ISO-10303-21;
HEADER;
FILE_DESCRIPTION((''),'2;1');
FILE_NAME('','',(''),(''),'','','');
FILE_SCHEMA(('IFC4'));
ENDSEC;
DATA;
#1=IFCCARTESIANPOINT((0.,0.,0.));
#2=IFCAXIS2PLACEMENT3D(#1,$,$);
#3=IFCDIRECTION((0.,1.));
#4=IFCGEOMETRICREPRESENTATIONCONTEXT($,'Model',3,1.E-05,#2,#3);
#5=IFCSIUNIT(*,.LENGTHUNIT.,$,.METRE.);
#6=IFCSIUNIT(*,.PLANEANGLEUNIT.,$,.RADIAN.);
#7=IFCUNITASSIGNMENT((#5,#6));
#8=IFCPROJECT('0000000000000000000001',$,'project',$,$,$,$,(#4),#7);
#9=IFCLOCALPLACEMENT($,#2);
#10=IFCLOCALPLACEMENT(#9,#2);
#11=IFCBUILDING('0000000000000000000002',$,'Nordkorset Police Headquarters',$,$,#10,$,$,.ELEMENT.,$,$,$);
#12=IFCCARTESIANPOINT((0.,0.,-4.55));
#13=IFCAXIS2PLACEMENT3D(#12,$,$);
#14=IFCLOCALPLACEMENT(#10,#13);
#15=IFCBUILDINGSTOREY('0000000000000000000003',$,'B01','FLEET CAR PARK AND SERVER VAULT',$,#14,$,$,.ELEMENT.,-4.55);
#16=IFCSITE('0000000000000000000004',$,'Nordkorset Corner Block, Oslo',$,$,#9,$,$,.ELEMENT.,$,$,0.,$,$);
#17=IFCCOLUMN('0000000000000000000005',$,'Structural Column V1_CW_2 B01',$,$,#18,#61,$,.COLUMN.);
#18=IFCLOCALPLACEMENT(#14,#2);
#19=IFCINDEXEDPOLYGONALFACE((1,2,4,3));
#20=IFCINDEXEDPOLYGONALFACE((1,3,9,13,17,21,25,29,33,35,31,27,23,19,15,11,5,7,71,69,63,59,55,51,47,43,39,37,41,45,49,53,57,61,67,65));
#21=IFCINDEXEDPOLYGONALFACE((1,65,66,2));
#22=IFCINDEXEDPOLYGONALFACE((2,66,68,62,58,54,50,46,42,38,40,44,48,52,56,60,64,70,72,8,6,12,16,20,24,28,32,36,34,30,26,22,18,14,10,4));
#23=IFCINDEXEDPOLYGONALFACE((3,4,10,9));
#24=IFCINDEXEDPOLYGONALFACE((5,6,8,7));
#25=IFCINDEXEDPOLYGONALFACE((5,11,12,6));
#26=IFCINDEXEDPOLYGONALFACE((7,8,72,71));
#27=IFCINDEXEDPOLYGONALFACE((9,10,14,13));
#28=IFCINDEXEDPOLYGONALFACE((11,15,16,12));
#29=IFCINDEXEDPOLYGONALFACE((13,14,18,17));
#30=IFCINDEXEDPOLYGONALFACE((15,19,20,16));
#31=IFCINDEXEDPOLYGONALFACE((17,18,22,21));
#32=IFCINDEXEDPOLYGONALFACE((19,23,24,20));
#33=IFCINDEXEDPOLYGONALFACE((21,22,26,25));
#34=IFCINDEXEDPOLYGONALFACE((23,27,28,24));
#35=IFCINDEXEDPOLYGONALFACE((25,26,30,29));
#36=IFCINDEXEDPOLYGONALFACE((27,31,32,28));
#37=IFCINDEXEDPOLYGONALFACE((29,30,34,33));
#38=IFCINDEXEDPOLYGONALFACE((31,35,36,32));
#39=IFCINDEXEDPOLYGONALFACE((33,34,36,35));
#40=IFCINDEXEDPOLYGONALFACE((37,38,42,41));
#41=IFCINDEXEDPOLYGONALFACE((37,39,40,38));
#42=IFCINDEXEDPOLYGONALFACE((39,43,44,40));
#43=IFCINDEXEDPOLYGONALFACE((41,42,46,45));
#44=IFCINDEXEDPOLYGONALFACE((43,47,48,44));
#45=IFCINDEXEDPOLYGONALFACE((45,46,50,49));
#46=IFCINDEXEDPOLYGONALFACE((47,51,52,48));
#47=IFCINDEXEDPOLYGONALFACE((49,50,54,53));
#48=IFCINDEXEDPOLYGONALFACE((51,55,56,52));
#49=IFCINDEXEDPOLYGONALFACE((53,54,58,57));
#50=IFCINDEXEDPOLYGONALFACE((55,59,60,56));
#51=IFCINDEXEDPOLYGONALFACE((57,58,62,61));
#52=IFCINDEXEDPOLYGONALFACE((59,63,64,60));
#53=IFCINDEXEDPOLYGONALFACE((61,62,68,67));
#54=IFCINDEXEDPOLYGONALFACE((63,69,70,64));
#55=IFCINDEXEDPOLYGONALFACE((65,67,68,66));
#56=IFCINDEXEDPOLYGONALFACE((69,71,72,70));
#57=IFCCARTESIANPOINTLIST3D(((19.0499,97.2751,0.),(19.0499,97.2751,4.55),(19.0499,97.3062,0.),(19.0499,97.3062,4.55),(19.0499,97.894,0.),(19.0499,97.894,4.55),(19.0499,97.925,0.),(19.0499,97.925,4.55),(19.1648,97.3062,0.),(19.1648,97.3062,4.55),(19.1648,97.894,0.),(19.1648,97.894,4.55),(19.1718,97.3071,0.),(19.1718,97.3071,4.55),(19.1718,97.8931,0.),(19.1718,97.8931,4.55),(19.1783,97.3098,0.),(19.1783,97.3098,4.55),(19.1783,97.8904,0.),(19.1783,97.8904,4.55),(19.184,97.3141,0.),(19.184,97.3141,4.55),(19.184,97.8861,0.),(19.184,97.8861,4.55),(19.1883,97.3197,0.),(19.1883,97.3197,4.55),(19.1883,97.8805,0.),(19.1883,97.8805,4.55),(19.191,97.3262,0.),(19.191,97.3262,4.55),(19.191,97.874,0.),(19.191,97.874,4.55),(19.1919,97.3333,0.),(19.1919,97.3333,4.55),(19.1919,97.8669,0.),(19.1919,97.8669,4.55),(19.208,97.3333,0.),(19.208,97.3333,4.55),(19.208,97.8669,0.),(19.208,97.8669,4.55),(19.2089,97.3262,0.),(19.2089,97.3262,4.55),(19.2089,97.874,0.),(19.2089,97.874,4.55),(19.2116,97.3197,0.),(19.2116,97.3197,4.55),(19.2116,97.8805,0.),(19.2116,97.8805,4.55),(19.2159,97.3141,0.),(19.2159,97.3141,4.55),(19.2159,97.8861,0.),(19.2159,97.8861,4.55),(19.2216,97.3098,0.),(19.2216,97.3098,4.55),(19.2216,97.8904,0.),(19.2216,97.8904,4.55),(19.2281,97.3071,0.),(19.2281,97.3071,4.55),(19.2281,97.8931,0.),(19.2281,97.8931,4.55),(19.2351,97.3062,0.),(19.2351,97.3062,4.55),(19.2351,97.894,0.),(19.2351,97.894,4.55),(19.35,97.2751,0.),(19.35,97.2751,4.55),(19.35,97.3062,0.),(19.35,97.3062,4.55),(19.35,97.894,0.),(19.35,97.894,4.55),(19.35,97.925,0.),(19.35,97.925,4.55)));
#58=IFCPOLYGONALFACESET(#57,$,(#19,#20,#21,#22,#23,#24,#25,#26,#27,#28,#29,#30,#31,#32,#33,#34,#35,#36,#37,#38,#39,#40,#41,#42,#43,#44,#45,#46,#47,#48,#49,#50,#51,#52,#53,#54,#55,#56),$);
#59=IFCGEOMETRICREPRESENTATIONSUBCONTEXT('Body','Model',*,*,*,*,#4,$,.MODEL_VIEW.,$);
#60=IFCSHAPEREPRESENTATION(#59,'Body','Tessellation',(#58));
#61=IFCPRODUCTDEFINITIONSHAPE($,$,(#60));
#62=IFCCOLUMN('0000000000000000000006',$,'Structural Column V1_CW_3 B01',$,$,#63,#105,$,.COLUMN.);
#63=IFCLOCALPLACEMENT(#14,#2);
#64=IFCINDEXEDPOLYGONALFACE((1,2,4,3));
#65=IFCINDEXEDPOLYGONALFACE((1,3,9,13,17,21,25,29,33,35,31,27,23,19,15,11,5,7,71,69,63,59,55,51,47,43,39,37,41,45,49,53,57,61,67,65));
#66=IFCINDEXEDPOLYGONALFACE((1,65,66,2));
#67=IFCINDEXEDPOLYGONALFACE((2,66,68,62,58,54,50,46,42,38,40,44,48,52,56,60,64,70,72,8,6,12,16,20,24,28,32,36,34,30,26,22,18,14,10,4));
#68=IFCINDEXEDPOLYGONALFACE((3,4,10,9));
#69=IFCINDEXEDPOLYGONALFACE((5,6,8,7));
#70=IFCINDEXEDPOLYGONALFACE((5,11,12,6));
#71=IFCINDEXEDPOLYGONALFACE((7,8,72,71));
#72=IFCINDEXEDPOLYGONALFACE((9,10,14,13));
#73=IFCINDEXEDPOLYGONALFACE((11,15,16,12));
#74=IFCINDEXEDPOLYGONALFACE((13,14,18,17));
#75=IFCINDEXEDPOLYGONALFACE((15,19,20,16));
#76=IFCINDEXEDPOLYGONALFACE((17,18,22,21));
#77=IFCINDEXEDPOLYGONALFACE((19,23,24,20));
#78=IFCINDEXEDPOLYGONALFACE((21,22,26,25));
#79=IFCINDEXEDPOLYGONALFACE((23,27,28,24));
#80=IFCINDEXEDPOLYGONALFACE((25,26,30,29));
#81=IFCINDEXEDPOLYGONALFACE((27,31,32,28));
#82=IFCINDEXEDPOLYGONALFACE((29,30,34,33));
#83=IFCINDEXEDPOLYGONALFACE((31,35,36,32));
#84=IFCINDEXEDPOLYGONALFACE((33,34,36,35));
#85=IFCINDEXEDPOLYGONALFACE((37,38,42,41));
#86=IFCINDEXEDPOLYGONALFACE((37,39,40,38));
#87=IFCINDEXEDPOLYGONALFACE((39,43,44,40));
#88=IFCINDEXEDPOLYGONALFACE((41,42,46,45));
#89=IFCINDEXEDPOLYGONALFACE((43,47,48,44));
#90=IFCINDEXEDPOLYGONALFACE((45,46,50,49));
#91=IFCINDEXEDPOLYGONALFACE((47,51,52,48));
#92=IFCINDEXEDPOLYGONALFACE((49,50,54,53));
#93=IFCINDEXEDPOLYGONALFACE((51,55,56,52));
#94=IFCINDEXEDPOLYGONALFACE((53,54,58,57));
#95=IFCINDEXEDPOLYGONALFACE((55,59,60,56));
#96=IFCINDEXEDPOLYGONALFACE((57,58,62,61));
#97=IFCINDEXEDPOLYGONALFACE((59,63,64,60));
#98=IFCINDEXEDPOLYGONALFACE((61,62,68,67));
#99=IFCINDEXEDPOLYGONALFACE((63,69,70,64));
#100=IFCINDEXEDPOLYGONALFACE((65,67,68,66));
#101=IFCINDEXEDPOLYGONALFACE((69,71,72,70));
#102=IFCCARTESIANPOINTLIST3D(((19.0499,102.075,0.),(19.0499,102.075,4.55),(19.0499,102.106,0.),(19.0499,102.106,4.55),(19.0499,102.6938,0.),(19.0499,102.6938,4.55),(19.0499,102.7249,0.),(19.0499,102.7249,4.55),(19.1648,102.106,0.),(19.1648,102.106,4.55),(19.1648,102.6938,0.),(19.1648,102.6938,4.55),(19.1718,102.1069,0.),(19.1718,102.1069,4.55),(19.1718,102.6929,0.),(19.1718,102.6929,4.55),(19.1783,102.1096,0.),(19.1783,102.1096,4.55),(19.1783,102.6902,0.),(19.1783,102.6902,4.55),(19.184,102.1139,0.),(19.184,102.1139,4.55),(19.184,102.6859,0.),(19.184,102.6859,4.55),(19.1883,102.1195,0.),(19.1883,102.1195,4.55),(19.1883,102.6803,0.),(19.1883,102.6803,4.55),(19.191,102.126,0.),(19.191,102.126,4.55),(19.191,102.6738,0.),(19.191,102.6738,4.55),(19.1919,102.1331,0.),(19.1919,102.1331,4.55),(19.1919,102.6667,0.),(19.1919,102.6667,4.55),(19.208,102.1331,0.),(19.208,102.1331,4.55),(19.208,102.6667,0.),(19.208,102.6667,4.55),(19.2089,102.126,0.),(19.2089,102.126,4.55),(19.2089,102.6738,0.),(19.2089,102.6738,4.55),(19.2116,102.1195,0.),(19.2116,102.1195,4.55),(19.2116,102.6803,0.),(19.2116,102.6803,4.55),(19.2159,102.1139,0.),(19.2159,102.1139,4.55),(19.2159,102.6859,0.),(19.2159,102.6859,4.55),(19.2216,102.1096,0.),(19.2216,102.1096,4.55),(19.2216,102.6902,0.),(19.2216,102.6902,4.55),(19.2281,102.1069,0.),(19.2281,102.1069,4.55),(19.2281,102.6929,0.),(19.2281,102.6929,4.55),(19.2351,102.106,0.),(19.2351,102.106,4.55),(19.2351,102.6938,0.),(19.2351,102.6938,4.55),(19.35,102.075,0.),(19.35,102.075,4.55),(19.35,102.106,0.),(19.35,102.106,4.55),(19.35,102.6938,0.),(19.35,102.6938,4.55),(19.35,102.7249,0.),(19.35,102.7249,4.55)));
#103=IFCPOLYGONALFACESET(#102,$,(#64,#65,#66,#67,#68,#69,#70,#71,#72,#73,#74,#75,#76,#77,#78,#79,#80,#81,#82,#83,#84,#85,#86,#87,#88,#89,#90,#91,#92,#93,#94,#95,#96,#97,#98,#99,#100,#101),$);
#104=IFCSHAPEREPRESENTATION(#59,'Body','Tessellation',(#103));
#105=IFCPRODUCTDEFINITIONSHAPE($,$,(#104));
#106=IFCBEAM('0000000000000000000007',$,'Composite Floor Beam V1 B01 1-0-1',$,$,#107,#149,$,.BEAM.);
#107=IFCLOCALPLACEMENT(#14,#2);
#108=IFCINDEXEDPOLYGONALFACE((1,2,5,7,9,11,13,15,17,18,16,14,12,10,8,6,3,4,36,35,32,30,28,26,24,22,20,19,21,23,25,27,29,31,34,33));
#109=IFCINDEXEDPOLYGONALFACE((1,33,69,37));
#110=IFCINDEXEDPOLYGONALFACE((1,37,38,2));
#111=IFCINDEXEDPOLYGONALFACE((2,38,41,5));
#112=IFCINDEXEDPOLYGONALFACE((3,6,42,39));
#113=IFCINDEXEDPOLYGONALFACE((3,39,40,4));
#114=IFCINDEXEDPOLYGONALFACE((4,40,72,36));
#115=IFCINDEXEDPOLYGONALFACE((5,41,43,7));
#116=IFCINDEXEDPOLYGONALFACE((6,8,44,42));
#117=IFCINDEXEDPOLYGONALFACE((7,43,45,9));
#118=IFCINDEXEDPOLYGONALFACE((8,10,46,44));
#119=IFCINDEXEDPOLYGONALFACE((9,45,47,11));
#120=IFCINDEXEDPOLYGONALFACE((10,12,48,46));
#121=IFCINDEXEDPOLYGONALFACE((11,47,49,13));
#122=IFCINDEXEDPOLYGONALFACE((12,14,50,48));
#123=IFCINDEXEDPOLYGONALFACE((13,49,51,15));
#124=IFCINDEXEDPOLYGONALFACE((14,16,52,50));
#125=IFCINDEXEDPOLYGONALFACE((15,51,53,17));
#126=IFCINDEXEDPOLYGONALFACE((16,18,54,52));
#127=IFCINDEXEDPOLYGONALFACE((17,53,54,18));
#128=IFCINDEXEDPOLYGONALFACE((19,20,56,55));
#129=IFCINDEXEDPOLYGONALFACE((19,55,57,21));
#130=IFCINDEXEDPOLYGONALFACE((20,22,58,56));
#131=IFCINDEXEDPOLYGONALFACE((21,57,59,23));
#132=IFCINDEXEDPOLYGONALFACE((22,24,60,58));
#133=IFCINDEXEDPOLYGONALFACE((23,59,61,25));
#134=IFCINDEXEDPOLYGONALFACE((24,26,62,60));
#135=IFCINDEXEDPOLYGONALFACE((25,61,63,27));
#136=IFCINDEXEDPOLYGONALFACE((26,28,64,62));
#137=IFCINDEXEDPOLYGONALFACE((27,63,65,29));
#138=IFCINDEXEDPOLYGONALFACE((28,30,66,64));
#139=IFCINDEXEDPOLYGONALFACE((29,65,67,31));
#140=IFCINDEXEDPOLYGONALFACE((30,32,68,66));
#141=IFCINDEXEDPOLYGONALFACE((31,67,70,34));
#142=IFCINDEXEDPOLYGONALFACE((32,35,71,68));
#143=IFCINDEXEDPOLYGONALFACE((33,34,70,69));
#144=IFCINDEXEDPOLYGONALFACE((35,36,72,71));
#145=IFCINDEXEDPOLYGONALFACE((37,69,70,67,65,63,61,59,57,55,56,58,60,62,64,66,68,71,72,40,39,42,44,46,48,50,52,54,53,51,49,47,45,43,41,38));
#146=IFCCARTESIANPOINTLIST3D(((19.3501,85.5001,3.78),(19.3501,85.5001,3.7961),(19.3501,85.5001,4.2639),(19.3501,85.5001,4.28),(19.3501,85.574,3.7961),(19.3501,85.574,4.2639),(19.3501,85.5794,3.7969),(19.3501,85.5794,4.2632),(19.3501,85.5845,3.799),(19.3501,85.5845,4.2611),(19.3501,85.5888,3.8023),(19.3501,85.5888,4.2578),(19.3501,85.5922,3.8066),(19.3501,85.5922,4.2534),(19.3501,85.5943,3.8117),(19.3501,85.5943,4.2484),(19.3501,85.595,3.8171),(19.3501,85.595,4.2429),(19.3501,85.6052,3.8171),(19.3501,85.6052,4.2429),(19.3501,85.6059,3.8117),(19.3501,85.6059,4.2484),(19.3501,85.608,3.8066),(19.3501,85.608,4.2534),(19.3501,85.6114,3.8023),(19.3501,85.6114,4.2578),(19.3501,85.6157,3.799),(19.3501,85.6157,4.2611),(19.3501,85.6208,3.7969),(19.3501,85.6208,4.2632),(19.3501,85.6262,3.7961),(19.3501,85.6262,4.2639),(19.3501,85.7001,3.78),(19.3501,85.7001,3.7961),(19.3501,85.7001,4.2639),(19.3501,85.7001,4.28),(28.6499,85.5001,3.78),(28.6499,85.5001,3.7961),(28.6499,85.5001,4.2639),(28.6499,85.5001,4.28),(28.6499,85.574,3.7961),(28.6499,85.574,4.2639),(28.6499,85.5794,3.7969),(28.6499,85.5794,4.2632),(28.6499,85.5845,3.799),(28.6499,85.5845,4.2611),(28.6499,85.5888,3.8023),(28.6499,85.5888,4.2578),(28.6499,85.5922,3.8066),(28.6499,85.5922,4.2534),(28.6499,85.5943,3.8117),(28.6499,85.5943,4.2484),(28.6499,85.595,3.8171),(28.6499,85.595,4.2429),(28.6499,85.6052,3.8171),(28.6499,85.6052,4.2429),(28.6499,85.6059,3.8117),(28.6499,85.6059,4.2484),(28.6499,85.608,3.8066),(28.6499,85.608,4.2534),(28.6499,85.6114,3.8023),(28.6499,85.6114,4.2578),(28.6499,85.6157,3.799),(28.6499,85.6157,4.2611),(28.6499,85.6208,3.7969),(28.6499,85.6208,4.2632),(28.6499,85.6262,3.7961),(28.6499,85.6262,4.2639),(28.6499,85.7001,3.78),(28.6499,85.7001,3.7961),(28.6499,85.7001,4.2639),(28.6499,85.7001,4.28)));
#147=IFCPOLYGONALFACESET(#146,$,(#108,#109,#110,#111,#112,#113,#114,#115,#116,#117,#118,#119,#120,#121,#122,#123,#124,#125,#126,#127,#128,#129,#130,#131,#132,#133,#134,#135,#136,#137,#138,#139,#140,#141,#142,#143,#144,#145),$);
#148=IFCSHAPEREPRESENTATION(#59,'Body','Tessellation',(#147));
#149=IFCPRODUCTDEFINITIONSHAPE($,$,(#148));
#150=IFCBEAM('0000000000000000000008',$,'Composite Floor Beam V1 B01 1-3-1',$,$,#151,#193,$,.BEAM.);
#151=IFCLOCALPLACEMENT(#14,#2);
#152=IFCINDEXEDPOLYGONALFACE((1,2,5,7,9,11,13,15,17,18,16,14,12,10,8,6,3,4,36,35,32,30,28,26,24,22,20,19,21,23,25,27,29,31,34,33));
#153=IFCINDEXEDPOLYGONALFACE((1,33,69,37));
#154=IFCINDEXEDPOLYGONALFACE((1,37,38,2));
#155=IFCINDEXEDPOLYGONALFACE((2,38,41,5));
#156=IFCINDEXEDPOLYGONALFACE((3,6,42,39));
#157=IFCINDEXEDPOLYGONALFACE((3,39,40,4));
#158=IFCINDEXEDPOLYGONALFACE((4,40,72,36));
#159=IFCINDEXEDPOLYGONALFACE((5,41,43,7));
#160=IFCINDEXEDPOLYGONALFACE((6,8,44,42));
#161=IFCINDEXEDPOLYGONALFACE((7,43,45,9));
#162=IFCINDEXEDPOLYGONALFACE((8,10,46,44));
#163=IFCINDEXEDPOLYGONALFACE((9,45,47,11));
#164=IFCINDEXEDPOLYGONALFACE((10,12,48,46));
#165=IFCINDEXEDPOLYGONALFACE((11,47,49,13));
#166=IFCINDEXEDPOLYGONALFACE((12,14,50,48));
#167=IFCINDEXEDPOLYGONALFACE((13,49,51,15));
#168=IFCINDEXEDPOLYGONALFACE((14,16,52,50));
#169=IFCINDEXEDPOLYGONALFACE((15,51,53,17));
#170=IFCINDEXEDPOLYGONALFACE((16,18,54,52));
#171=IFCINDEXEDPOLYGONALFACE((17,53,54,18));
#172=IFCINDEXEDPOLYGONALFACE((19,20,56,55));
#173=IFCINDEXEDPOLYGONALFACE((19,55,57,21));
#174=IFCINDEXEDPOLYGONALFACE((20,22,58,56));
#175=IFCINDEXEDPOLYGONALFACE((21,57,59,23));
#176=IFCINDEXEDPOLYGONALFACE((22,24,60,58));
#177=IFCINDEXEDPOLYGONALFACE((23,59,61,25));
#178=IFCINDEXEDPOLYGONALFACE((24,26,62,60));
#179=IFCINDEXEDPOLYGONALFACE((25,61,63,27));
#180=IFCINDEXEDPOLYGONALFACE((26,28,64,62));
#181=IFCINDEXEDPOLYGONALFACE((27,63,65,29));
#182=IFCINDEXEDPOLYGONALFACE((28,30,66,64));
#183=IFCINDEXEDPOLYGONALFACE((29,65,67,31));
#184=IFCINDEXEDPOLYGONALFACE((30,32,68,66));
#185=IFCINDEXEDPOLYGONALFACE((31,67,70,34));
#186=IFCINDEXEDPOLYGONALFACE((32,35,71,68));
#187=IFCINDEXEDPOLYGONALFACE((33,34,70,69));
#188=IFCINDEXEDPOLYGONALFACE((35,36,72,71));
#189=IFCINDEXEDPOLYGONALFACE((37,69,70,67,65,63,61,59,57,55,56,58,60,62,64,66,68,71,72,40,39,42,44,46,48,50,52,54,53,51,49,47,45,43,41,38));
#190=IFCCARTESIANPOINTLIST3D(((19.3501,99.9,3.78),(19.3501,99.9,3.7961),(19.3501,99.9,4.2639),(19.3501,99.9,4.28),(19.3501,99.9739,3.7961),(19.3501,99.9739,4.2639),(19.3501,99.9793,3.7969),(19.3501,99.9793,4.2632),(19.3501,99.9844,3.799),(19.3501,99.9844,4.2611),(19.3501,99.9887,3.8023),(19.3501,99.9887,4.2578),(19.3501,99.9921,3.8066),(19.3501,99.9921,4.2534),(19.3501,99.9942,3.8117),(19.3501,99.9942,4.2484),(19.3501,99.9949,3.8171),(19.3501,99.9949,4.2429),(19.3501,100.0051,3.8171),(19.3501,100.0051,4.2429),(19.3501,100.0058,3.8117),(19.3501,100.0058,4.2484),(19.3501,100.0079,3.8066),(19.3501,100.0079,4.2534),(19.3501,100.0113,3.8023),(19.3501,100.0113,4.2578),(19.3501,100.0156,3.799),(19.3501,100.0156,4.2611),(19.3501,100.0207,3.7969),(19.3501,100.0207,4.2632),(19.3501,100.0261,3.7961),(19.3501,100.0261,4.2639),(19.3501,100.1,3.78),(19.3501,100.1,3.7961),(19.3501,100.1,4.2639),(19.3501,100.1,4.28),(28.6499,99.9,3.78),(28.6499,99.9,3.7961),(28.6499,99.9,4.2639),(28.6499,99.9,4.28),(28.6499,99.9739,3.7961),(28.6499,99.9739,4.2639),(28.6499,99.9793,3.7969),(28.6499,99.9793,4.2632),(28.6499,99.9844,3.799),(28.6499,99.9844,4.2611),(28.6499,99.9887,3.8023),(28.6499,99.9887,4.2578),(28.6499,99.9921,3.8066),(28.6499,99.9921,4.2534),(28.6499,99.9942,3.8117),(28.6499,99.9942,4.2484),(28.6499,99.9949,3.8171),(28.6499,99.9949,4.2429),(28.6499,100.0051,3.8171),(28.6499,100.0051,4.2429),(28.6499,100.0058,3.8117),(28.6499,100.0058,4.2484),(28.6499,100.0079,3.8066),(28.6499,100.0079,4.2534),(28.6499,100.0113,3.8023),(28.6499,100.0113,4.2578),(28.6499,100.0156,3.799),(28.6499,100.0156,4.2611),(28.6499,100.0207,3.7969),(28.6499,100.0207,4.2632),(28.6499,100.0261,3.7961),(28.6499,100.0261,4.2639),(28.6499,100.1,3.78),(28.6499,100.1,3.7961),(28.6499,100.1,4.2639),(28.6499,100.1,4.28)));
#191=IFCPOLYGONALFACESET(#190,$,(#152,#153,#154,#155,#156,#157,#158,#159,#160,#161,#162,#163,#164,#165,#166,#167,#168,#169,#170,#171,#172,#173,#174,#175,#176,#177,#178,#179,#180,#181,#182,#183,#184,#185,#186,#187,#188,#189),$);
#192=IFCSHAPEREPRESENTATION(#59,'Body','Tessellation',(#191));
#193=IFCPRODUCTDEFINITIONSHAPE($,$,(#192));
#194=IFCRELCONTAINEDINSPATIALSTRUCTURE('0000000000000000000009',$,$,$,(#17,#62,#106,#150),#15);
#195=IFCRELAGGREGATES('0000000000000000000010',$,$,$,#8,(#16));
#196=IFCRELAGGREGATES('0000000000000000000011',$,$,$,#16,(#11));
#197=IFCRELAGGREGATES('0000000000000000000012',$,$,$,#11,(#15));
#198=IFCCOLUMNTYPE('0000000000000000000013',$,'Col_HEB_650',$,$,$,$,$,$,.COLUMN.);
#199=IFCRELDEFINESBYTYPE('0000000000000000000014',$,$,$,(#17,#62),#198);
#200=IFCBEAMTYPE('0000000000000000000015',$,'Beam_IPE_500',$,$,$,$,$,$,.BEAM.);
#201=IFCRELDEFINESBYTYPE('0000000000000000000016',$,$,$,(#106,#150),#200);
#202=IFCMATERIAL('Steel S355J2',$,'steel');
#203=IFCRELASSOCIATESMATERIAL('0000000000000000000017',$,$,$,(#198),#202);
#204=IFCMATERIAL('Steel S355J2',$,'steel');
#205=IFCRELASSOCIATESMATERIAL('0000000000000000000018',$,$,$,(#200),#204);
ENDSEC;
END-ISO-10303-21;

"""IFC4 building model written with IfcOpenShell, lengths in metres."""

from ifc_helpers import new_model, si_unit, direction, frame, origin, origin_2d, place, context, subcontext, project, spatial, i_section, extrude, material, material_profile, profile_set, type_object, element, save


model = new_model("IFC4")

# Units and contexts
model_context = context("Model", 3, precision=1e-05, world=origin(), true_north=direction((0.0, 1.0)))
body_context = subcontext(model_context, "Body", "Model", "MODEL_VIEW")
ifc_project = project(units=[si_unit("LENGTHUNIT", "METRE"), si_unit("PLANEANGLEUNIT", "RADIAN")], contexts=[model_context])

# Site, building, storey
site_placement = place(None, origin())
site = spatial("IfcSite", under=ifc_project, at=site_placement, Name="Nordkorset Corner Block, Oslo", CompositionType="ELEMENT", RefElevation=0.0)
building_placement = place(site_placement, origin())
building = spatial("IfcBuilding", under=site, at=building_placement, Name="Nordkorset Police Headquarters", CompositionType="ELEMENT")
storey_placement = place(building_placement, frame((0.0, 0.0, -4.55)))
storey = spatial("IfcBuildingStorey", under=building, at=storey_placement, Name="B01", Description="FLEET CAR PARK AND SERVER VAULT", CompositionType="ELEMENT", Elevation=-4.55)

# Columns
ifc_material_1 = material(Name="Steel S355J2", Category="steel")
ifc_material_profile_1 = material_profile(ifc_material_1, i_section(OverallWidth=0.3, OverallDepth=0.6499, WebThickness=0.0161, FlangeThickness=0.031, FilletRadius=0.0271, at=origin_2d()), Name="HEB 650")
ifc_profile_set_1 = profile_set([ifc_material_profile_1], Name="Steel S355J2")
column_type_1 = type_object("IfcColumnType", Name="Col_HEB_650", PredefinedType="COLUMN", material=ifc_profile_set_1)
for number, where, z_axis, x_axis, name in (
    (1, (19.2, 97.6001, 0.0), (0.0, 0.0, 1.0), (1.0, 0.0, 0.0), "Structural Column V1_CW_2 B01"),
    (2, (19.2, 102.3999, 0.0), (0.0, 0.0, 1.0), (1.0, 0.0, 0.0), "Structural Column V1_CW_3 B01"),
):
    element("IfcColumn", number, at=place(storey_placement, frame(where, z_axis=z_axis, x_axis=x_axis)), inside=storey, type_object=column_type_1, Name=name, PredefinedType="COLUMN", context=body_context, shape_type="SweptSolid", body=[
        extrude(i_section(OverallWidth=0.3, OverallDepth=0.6499, WebThickness=0.0161, FlangeThickness=0.031, FilletRadius=0.0271, at=origin_2d()), origin(), (0.0, 0.0, 1.0), 4.55),
    ])

# Beams
ifc_material_2 = material(Name="Steel S355J2", Category="steel")
ifc_material_profile_2 = material_profile(ifc_material_2, i_section(OverallWidth=0.2, OverallDepth=0.5, WebThickness=0.0103, FlangeThickness=0.0161, FilletRadius=0.021, at=origin_2d()), Name="IPE 500")
ifc_profile_set_2 = profile_set([ifc_material_profile_2], Name="Steel S355J2")
beam_type_1 = type_object("IfcBeamType", Name="Beam_IPE_500", PredefinedType="BEAM", material=ifc_profile_set_2)
for number, where, z_axis, x_axis, name in (
    (3, (19.3501, 85.6001, 4.03), (1.0, 0.0, 0.0), (0.0, 1.0, 0.0), "Composite Floor Beam V1 B01 1-0-1"),
    (4, (19.3501, 100.0, 4.03), (1.0, 0.0, 0.0), (0.0, 1.0, 0.0), "Composite Floor Beam V1 B01 1-3-1"),
):
    element("IfcBeam", number, at=place(storey_placement, frame(where, z_axis=z_axis, x_axis=x_axis)), inside=storey, type_object=beam_type_1, Name=name, PredefinedType="BEAM", context=body_context, shape_type="SweptSolid", body=[
        extrude(i_section(OverallWidth=0.2, OverallDepth=0.5, WebThickness=0.0103, FlangeThickness=0.0161, FilletRadius=0.021, at=origin_2d()), origin(), (0.0, 0.0, 1.0), 9.2998),
    ])

save(model, "model.ifc")
